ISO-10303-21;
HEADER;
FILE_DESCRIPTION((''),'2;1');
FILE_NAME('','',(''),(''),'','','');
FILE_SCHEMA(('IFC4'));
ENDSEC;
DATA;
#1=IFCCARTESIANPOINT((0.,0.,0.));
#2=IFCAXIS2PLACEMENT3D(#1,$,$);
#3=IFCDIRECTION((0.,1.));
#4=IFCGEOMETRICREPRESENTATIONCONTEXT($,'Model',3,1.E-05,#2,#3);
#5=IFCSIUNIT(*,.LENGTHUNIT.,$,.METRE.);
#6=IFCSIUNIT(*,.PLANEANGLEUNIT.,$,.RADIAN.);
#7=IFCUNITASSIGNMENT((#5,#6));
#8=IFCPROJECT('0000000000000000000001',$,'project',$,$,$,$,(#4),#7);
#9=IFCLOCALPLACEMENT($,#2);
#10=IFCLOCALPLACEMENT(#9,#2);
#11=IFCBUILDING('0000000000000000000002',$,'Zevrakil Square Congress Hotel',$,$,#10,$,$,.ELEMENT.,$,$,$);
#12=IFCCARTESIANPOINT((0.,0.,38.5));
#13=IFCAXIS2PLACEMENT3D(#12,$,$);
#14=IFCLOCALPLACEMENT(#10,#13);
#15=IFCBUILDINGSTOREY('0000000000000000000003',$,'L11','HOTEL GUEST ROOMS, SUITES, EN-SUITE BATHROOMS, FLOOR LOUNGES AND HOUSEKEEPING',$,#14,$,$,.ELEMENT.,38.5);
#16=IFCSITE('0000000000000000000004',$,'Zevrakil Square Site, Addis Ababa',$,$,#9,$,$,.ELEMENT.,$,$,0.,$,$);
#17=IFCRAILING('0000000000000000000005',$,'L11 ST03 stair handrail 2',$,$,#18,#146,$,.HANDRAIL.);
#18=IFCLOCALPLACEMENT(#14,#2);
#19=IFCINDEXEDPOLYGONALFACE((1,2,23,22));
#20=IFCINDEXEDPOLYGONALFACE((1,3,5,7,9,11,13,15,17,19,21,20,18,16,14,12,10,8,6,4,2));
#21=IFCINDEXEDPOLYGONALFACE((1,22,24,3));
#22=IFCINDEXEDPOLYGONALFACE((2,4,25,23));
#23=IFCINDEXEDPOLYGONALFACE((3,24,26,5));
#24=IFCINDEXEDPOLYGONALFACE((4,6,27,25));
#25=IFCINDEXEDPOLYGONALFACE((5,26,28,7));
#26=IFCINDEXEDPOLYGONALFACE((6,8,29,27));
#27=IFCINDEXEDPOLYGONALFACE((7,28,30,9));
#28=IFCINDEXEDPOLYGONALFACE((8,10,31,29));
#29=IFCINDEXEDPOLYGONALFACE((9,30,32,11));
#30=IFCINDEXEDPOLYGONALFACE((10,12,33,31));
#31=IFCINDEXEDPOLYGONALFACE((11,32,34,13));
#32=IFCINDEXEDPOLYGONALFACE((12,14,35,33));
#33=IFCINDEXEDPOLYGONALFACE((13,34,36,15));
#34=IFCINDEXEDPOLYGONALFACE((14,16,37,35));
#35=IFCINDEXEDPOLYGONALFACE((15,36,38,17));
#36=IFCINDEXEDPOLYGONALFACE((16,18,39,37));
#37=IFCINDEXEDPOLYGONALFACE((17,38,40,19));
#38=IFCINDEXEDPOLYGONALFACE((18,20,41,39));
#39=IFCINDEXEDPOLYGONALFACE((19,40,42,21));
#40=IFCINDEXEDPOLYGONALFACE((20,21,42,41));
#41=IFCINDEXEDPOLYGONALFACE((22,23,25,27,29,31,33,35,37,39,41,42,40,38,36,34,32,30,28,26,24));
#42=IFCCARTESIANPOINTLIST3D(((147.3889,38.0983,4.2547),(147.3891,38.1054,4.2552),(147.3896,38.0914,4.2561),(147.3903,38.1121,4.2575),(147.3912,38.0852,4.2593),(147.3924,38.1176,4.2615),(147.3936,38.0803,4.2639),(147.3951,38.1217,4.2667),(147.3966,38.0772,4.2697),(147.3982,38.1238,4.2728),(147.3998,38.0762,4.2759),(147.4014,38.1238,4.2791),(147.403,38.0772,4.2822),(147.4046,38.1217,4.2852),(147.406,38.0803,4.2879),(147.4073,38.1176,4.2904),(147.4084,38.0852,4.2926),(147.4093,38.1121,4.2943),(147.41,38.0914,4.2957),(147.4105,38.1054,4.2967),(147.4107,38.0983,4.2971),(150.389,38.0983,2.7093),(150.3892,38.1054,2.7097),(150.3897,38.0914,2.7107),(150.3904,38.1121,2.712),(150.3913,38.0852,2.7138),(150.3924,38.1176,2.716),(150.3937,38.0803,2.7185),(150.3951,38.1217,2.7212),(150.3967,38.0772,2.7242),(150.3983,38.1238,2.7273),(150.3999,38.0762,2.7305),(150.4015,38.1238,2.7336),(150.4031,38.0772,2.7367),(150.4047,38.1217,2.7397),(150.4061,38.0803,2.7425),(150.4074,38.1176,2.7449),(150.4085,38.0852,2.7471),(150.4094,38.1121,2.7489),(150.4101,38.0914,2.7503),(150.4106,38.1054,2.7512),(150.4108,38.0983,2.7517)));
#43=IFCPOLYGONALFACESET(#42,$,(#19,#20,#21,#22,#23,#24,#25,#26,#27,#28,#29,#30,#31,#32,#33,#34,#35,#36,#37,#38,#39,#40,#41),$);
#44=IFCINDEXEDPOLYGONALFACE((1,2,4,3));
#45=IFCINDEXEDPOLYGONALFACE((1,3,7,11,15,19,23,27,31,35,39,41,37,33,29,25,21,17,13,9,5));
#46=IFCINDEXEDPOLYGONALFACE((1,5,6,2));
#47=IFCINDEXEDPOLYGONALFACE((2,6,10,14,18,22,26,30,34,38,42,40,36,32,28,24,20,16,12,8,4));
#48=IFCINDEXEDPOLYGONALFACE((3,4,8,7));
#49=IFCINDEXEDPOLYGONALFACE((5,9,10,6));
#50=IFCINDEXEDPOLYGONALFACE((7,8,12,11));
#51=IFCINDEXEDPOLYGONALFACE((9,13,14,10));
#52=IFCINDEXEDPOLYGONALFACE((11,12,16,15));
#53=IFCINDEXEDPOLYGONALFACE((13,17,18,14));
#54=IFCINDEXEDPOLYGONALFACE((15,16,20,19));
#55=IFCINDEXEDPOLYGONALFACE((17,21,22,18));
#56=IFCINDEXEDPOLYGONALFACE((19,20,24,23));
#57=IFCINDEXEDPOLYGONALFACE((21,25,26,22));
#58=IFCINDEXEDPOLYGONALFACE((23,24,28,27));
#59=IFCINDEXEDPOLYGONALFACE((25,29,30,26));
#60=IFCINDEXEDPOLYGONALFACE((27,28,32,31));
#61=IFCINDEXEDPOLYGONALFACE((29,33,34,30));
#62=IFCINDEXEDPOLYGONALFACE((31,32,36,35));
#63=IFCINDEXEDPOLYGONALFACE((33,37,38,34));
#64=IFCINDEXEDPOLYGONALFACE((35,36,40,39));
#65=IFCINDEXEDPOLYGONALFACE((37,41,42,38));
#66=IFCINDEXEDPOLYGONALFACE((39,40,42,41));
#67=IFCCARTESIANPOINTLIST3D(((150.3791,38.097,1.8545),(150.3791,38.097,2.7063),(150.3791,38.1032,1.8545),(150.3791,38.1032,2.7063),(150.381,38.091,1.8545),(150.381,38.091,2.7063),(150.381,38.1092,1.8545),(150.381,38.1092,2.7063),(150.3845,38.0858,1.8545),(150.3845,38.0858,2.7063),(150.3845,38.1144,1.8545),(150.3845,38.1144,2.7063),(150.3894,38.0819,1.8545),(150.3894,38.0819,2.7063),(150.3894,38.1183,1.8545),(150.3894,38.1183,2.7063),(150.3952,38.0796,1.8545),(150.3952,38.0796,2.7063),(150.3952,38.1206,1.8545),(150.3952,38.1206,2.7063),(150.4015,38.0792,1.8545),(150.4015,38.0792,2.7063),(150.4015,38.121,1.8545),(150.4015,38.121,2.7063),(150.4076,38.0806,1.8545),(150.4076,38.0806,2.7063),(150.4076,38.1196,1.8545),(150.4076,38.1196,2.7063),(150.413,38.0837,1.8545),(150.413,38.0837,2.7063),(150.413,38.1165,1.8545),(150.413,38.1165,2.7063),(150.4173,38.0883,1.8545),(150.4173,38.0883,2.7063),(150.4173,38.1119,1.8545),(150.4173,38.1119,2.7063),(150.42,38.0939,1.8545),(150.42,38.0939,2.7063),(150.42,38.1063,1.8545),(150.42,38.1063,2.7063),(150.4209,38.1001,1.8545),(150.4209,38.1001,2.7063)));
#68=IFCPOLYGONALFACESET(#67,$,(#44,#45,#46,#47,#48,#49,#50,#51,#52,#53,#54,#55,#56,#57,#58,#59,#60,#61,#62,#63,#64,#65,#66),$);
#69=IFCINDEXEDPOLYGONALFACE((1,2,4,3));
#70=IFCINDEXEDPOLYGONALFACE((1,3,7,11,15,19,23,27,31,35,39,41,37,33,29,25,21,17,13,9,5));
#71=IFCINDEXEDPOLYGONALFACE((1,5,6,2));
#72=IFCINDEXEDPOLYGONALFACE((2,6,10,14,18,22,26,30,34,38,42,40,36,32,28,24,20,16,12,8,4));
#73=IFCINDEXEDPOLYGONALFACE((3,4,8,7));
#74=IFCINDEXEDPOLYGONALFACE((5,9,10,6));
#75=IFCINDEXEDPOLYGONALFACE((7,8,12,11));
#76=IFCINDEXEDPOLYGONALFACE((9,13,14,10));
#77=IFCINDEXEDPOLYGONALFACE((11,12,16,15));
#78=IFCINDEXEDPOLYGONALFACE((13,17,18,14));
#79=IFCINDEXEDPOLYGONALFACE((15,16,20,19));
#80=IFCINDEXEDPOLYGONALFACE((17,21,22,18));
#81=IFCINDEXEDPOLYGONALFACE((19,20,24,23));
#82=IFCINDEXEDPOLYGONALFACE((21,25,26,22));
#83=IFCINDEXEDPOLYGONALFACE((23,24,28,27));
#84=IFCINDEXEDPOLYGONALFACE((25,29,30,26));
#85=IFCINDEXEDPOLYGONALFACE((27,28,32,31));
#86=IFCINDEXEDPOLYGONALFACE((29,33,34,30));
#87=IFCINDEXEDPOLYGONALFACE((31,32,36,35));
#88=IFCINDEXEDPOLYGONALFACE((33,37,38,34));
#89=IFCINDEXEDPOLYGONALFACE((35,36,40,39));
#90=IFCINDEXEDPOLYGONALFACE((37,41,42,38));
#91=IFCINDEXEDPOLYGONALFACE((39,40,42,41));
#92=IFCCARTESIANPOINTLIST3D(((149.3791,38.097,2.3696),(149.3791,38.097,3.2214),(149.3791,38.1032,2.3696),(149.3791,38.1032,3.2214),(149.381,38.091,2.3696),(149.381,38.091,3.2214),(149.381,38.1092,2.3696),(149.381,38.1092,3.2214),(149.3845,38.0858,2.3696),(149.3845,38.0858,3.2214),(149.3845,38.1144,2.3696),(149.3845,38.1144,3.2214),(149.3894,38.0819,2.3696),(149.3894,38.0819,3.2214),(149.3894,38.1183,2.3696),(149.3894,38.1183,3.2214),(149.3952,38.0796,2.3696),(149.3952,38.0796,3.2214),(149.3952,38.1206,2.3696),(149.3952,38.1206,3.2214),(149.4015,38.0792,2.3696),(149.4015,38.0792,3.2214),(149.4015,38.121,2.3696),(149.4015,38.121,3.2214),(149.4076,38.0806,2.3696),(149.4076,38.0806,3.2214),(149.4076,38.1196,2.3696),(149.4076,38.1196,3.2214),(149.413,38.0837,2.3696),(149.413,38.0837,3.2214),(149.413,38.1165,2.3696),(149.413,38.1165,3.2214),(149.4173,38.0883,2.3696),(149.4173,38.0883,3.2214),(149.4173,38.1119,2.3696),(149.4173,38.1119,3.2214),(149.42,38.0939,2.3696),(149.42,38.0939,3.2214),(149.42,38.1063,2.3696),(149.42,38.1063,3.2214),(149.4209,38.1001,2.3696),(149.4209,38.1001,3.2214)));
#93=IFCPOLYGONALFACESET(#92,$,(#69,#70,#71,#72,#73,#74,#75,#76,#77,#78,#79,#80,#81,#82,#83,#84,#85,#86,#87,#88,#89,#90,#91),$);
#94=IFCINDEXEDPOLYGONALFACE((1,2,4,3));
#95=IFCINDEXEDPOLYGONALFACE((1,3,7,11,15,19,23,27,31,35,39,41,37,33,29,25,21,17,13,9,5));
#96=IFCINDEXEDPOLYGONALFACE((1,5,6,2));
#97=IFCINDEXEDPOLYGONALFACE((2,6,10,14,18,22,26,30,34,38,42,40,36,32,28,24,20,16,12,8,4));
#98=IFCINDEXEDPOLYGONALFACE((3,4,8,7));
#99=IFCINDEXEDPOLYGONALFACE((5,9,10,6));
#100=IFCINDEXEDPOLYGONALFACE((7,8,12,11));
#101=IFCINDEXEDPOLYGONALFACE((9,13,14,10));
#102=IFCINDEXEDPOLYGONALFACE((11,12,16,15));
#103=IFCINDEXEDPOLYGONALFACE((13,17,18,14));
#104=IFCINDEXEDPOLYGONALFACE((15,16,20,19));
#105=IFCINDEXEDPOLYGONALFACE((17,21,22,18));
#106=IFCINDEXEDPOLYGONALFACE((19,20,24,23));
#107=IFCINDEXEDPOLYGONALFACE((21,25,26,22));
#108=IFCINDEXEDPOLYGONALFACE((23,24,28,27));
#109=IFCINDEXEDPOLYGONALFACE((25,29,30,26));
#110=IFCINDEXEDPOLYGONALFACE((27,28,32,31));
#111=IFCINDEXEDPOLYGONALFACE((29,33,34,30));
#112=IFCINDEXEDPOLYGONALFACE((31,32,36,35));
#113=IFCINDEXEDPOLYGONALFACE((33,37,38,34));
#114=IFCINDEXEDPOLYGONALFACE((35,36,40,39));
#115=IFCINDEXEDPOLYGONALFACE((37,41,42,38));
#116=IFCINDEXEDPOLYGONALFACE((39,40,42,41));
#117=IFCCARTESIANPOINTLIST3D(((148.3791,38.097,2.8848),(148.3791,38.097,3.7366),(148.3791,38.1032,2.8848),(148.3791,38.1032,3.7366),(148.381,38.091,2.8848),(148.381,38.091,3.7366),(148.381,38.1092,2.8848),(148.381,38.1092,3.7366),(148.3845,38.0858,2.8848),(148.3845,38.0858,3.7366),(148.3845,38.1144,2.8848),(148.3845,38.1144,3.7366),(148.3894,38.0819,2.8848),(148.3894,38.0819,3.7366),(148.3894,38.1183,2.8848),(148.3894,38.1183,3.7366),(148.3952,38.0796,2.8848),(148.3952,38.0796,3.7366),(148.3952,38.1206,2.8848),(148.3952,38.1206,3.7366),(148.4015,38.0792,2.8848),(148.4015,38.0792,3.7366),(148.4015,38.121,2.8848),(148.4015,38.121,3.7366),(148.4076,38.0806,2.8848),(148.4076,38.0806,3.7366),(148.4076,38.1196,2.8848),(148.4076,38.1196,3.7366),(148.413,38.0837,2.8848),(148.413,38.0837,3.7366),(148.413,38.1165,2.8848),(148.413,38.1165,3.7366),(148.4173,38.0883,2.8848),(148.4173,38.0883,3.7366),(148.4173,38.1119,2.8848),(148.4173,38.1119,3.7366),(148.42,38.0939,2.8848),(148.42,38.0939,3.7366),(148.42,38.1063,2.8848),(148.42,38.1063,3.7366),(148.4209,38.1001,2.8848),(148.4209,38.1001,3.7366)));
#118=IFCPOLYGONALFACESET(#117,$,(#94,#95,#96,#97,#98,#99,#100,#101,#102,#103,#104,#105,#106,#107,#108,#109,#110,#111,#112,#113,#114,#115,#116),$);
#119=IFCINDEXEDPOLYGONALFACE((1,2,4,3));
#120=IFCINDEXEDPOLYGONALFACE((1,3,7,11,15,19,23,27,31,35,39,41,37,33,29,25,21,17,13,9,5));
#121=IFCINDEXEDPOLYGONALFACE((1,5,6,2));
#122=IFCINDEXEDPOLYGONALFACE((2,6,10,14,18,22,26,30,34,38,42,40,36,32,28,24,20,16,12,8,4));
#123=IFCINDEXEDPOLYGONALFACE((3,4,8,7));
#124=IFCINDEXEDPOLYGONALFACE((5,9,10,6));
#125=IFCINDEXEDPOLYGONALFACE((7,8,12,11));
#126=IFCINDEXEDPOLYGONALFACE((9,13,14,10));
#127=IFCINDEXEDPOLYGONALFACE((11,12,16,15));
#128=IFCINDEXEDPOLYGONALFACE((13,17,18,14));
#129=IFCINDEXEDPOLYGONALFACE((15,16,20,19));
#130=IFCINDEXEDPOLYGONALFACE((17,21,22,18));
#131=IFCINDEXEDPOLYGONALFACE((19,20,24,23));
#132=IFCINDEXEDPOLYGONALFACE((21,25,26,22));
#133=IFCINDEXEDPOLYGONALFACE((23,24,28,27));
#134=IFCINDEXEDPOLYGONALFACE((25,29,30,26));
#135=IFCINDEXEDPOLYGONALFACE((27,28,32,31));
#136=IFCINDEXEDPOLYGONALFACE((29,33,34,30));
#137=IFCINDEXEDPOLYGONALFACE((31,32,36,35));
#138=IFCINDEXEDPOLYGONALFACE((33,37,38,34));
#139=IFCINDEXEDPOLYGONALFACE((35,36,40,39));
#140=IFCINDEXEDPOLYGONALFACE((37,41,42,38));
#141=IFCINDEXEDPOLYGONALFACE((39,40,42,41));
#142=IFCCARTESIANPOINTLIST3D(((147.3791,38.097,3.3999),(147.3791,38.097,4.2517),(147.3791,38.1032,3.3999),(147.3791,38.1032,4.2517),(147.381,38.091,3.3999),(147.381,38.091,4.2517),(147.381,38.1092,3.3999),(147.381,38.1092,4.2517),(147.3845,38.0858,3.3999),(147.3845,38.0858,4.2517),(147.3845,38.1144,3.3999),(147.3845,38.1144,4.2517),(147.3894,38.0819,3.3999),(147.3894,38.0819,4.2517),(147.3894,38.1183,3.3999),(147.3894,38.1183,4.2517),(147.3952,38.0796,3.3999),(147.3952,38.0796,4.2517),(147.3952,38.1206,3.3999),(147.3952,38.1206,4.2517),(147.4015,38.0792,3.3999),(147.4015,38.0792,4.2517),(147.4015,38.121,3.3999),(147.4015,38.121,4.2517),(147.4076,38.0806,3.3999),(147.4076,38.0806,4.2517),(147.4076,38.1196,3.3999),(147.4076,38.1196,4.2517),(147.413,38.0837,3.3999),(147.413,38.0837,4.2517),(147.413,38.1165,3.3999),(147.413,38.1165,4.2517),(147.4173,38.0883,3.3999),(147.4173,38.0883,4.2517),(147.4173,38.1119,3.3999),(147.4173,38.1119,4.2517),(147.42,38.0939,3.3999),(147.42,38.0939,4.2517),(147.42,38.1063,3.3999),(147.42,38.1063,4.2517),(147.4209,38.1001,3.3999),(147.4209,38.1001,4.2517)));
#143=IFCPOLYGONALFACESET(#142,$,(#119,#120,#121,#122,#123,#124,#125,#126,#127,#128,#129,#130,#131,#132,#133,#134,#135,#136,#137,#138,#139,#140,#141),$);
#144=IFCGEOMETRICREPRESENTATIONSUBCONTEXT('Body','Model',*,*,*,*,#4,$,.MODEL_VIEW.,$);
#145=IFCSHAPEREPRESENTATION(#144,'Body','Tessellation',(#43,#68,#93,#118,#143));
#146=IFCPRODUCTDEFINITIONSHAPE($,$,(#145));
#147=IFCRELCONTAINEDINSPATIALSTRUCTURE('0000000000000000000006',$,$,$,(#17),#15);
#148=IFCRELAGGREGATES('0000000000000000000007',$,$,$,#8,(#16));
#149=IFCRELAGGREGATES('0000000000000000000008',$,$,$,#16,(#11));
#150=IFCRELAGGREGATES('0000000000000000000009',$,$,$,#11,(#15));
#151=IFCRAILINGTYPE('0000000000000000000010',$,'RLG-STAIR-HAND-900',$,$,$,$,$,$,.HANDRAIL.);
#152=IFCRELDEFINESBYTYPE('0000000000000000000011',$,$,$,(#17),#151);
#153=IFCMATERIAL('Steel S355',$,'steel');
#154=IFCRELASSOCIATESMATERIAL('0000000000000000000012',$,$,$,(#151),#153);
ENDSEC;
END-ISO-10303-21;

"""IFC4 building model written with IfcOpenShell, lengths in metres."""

from ifc_helpers import new_model, si_unit, direction, frame, origin, origin_2d, place, context, subcontext, project, spatial, circle, extrude, material, type_object, element, save


model = new_model("IFC4")

# Units and contexts
model_context = context("Model", 3, precision=1e-05, world=origin(), true_north=direction((0.0, 1.0)))
body_context = subcontext(model_context, "Body", "Model", "MODEL_VIEW")
ifc_project = project(units=[si_unit("LENGTHUNIT", "METRE"), si_unit("PLANEANGLEUNIT", "RADIAN")], contexts=[model_context])

# Site, building, storey
site_placement = place(None, origin())
site = spatial("IfcSite", under=ifc_project, at=site_placement, Name="Zevrakil Square Site, Addis Ababa", CompositionType="ELEMENT", RefElevation=0.0)
building_placement = place(site_placement, origin())
building = spatial("IfcBuilding", under=site, at=building_placement, Name="Zevrakil Square Congress Hotel", CompositionType="ELEMENT")
storey_placement = place(building_placement, frame((0.0, 0.0, 38.5)))
storey = spatial("IfcBuildingStorey", under=building, at=storey_placement, Name="L11", Description="HOTEL GUEST ROOMS, SUITES, EN-SUITE BATHROOMS, FLOOR LOUNGES AND HOUSEKEEPING", CompositionType="ELEMENT", Elevation=38.5)

# Railing
ifc_material_1 = material(Name="Steel S355", Category="steel")
railing_type_1 = type_object("IfcRailingType", Name="RLG-STAIR-HAND-900", PredefinedType="HANDRAIL", material=ifc_material_1)
railing_1_placement = place(storey_placement, frame((150.3999, 38.1001, 1.8545)))
element("IfcRailing", 1, at=railing_1_placement, inside=storey, type_object=railing_type_1, Name="L11 ST03 stair handrail 2", PredefinedType="HANDRAIL", context=body_context, shape_type="SweptSolid", body=[
    extrude(circle(Radius=0.0239, at=origin_2d()), frame((0.0, 0.0, 0.876), z_axis=(-0.88898, 0.0, 0.457946), x_axis=(0.0, -1.0, 0.0)), (0.0, 0.0, 1.0), 3.3748),
    extrude(circle(Radius=0.021, at=origin_2d()), origin(), (0.0, 0.0, 1.0), 0.8518),
    extrude(circle(Radius=0.021, at=origin_2d()), frame((-1.0, 0.0, 0.5151)), (0.0, 0.0, 1.0), 0.8518),
    extrude(circle(Radius=0.021, at=origin_2d()), frame((-2.0, 0.0, 1.0303)), (0.0, 0.0, 1.0), 0.8518),
    extrude(circle(Radius=0.021, at=origin_2d()), frame((-3.0, 0.0, 1.5454)), (0.0, 0.0, 1.0), 0.8518),
])

save(model, "model.ifc")
